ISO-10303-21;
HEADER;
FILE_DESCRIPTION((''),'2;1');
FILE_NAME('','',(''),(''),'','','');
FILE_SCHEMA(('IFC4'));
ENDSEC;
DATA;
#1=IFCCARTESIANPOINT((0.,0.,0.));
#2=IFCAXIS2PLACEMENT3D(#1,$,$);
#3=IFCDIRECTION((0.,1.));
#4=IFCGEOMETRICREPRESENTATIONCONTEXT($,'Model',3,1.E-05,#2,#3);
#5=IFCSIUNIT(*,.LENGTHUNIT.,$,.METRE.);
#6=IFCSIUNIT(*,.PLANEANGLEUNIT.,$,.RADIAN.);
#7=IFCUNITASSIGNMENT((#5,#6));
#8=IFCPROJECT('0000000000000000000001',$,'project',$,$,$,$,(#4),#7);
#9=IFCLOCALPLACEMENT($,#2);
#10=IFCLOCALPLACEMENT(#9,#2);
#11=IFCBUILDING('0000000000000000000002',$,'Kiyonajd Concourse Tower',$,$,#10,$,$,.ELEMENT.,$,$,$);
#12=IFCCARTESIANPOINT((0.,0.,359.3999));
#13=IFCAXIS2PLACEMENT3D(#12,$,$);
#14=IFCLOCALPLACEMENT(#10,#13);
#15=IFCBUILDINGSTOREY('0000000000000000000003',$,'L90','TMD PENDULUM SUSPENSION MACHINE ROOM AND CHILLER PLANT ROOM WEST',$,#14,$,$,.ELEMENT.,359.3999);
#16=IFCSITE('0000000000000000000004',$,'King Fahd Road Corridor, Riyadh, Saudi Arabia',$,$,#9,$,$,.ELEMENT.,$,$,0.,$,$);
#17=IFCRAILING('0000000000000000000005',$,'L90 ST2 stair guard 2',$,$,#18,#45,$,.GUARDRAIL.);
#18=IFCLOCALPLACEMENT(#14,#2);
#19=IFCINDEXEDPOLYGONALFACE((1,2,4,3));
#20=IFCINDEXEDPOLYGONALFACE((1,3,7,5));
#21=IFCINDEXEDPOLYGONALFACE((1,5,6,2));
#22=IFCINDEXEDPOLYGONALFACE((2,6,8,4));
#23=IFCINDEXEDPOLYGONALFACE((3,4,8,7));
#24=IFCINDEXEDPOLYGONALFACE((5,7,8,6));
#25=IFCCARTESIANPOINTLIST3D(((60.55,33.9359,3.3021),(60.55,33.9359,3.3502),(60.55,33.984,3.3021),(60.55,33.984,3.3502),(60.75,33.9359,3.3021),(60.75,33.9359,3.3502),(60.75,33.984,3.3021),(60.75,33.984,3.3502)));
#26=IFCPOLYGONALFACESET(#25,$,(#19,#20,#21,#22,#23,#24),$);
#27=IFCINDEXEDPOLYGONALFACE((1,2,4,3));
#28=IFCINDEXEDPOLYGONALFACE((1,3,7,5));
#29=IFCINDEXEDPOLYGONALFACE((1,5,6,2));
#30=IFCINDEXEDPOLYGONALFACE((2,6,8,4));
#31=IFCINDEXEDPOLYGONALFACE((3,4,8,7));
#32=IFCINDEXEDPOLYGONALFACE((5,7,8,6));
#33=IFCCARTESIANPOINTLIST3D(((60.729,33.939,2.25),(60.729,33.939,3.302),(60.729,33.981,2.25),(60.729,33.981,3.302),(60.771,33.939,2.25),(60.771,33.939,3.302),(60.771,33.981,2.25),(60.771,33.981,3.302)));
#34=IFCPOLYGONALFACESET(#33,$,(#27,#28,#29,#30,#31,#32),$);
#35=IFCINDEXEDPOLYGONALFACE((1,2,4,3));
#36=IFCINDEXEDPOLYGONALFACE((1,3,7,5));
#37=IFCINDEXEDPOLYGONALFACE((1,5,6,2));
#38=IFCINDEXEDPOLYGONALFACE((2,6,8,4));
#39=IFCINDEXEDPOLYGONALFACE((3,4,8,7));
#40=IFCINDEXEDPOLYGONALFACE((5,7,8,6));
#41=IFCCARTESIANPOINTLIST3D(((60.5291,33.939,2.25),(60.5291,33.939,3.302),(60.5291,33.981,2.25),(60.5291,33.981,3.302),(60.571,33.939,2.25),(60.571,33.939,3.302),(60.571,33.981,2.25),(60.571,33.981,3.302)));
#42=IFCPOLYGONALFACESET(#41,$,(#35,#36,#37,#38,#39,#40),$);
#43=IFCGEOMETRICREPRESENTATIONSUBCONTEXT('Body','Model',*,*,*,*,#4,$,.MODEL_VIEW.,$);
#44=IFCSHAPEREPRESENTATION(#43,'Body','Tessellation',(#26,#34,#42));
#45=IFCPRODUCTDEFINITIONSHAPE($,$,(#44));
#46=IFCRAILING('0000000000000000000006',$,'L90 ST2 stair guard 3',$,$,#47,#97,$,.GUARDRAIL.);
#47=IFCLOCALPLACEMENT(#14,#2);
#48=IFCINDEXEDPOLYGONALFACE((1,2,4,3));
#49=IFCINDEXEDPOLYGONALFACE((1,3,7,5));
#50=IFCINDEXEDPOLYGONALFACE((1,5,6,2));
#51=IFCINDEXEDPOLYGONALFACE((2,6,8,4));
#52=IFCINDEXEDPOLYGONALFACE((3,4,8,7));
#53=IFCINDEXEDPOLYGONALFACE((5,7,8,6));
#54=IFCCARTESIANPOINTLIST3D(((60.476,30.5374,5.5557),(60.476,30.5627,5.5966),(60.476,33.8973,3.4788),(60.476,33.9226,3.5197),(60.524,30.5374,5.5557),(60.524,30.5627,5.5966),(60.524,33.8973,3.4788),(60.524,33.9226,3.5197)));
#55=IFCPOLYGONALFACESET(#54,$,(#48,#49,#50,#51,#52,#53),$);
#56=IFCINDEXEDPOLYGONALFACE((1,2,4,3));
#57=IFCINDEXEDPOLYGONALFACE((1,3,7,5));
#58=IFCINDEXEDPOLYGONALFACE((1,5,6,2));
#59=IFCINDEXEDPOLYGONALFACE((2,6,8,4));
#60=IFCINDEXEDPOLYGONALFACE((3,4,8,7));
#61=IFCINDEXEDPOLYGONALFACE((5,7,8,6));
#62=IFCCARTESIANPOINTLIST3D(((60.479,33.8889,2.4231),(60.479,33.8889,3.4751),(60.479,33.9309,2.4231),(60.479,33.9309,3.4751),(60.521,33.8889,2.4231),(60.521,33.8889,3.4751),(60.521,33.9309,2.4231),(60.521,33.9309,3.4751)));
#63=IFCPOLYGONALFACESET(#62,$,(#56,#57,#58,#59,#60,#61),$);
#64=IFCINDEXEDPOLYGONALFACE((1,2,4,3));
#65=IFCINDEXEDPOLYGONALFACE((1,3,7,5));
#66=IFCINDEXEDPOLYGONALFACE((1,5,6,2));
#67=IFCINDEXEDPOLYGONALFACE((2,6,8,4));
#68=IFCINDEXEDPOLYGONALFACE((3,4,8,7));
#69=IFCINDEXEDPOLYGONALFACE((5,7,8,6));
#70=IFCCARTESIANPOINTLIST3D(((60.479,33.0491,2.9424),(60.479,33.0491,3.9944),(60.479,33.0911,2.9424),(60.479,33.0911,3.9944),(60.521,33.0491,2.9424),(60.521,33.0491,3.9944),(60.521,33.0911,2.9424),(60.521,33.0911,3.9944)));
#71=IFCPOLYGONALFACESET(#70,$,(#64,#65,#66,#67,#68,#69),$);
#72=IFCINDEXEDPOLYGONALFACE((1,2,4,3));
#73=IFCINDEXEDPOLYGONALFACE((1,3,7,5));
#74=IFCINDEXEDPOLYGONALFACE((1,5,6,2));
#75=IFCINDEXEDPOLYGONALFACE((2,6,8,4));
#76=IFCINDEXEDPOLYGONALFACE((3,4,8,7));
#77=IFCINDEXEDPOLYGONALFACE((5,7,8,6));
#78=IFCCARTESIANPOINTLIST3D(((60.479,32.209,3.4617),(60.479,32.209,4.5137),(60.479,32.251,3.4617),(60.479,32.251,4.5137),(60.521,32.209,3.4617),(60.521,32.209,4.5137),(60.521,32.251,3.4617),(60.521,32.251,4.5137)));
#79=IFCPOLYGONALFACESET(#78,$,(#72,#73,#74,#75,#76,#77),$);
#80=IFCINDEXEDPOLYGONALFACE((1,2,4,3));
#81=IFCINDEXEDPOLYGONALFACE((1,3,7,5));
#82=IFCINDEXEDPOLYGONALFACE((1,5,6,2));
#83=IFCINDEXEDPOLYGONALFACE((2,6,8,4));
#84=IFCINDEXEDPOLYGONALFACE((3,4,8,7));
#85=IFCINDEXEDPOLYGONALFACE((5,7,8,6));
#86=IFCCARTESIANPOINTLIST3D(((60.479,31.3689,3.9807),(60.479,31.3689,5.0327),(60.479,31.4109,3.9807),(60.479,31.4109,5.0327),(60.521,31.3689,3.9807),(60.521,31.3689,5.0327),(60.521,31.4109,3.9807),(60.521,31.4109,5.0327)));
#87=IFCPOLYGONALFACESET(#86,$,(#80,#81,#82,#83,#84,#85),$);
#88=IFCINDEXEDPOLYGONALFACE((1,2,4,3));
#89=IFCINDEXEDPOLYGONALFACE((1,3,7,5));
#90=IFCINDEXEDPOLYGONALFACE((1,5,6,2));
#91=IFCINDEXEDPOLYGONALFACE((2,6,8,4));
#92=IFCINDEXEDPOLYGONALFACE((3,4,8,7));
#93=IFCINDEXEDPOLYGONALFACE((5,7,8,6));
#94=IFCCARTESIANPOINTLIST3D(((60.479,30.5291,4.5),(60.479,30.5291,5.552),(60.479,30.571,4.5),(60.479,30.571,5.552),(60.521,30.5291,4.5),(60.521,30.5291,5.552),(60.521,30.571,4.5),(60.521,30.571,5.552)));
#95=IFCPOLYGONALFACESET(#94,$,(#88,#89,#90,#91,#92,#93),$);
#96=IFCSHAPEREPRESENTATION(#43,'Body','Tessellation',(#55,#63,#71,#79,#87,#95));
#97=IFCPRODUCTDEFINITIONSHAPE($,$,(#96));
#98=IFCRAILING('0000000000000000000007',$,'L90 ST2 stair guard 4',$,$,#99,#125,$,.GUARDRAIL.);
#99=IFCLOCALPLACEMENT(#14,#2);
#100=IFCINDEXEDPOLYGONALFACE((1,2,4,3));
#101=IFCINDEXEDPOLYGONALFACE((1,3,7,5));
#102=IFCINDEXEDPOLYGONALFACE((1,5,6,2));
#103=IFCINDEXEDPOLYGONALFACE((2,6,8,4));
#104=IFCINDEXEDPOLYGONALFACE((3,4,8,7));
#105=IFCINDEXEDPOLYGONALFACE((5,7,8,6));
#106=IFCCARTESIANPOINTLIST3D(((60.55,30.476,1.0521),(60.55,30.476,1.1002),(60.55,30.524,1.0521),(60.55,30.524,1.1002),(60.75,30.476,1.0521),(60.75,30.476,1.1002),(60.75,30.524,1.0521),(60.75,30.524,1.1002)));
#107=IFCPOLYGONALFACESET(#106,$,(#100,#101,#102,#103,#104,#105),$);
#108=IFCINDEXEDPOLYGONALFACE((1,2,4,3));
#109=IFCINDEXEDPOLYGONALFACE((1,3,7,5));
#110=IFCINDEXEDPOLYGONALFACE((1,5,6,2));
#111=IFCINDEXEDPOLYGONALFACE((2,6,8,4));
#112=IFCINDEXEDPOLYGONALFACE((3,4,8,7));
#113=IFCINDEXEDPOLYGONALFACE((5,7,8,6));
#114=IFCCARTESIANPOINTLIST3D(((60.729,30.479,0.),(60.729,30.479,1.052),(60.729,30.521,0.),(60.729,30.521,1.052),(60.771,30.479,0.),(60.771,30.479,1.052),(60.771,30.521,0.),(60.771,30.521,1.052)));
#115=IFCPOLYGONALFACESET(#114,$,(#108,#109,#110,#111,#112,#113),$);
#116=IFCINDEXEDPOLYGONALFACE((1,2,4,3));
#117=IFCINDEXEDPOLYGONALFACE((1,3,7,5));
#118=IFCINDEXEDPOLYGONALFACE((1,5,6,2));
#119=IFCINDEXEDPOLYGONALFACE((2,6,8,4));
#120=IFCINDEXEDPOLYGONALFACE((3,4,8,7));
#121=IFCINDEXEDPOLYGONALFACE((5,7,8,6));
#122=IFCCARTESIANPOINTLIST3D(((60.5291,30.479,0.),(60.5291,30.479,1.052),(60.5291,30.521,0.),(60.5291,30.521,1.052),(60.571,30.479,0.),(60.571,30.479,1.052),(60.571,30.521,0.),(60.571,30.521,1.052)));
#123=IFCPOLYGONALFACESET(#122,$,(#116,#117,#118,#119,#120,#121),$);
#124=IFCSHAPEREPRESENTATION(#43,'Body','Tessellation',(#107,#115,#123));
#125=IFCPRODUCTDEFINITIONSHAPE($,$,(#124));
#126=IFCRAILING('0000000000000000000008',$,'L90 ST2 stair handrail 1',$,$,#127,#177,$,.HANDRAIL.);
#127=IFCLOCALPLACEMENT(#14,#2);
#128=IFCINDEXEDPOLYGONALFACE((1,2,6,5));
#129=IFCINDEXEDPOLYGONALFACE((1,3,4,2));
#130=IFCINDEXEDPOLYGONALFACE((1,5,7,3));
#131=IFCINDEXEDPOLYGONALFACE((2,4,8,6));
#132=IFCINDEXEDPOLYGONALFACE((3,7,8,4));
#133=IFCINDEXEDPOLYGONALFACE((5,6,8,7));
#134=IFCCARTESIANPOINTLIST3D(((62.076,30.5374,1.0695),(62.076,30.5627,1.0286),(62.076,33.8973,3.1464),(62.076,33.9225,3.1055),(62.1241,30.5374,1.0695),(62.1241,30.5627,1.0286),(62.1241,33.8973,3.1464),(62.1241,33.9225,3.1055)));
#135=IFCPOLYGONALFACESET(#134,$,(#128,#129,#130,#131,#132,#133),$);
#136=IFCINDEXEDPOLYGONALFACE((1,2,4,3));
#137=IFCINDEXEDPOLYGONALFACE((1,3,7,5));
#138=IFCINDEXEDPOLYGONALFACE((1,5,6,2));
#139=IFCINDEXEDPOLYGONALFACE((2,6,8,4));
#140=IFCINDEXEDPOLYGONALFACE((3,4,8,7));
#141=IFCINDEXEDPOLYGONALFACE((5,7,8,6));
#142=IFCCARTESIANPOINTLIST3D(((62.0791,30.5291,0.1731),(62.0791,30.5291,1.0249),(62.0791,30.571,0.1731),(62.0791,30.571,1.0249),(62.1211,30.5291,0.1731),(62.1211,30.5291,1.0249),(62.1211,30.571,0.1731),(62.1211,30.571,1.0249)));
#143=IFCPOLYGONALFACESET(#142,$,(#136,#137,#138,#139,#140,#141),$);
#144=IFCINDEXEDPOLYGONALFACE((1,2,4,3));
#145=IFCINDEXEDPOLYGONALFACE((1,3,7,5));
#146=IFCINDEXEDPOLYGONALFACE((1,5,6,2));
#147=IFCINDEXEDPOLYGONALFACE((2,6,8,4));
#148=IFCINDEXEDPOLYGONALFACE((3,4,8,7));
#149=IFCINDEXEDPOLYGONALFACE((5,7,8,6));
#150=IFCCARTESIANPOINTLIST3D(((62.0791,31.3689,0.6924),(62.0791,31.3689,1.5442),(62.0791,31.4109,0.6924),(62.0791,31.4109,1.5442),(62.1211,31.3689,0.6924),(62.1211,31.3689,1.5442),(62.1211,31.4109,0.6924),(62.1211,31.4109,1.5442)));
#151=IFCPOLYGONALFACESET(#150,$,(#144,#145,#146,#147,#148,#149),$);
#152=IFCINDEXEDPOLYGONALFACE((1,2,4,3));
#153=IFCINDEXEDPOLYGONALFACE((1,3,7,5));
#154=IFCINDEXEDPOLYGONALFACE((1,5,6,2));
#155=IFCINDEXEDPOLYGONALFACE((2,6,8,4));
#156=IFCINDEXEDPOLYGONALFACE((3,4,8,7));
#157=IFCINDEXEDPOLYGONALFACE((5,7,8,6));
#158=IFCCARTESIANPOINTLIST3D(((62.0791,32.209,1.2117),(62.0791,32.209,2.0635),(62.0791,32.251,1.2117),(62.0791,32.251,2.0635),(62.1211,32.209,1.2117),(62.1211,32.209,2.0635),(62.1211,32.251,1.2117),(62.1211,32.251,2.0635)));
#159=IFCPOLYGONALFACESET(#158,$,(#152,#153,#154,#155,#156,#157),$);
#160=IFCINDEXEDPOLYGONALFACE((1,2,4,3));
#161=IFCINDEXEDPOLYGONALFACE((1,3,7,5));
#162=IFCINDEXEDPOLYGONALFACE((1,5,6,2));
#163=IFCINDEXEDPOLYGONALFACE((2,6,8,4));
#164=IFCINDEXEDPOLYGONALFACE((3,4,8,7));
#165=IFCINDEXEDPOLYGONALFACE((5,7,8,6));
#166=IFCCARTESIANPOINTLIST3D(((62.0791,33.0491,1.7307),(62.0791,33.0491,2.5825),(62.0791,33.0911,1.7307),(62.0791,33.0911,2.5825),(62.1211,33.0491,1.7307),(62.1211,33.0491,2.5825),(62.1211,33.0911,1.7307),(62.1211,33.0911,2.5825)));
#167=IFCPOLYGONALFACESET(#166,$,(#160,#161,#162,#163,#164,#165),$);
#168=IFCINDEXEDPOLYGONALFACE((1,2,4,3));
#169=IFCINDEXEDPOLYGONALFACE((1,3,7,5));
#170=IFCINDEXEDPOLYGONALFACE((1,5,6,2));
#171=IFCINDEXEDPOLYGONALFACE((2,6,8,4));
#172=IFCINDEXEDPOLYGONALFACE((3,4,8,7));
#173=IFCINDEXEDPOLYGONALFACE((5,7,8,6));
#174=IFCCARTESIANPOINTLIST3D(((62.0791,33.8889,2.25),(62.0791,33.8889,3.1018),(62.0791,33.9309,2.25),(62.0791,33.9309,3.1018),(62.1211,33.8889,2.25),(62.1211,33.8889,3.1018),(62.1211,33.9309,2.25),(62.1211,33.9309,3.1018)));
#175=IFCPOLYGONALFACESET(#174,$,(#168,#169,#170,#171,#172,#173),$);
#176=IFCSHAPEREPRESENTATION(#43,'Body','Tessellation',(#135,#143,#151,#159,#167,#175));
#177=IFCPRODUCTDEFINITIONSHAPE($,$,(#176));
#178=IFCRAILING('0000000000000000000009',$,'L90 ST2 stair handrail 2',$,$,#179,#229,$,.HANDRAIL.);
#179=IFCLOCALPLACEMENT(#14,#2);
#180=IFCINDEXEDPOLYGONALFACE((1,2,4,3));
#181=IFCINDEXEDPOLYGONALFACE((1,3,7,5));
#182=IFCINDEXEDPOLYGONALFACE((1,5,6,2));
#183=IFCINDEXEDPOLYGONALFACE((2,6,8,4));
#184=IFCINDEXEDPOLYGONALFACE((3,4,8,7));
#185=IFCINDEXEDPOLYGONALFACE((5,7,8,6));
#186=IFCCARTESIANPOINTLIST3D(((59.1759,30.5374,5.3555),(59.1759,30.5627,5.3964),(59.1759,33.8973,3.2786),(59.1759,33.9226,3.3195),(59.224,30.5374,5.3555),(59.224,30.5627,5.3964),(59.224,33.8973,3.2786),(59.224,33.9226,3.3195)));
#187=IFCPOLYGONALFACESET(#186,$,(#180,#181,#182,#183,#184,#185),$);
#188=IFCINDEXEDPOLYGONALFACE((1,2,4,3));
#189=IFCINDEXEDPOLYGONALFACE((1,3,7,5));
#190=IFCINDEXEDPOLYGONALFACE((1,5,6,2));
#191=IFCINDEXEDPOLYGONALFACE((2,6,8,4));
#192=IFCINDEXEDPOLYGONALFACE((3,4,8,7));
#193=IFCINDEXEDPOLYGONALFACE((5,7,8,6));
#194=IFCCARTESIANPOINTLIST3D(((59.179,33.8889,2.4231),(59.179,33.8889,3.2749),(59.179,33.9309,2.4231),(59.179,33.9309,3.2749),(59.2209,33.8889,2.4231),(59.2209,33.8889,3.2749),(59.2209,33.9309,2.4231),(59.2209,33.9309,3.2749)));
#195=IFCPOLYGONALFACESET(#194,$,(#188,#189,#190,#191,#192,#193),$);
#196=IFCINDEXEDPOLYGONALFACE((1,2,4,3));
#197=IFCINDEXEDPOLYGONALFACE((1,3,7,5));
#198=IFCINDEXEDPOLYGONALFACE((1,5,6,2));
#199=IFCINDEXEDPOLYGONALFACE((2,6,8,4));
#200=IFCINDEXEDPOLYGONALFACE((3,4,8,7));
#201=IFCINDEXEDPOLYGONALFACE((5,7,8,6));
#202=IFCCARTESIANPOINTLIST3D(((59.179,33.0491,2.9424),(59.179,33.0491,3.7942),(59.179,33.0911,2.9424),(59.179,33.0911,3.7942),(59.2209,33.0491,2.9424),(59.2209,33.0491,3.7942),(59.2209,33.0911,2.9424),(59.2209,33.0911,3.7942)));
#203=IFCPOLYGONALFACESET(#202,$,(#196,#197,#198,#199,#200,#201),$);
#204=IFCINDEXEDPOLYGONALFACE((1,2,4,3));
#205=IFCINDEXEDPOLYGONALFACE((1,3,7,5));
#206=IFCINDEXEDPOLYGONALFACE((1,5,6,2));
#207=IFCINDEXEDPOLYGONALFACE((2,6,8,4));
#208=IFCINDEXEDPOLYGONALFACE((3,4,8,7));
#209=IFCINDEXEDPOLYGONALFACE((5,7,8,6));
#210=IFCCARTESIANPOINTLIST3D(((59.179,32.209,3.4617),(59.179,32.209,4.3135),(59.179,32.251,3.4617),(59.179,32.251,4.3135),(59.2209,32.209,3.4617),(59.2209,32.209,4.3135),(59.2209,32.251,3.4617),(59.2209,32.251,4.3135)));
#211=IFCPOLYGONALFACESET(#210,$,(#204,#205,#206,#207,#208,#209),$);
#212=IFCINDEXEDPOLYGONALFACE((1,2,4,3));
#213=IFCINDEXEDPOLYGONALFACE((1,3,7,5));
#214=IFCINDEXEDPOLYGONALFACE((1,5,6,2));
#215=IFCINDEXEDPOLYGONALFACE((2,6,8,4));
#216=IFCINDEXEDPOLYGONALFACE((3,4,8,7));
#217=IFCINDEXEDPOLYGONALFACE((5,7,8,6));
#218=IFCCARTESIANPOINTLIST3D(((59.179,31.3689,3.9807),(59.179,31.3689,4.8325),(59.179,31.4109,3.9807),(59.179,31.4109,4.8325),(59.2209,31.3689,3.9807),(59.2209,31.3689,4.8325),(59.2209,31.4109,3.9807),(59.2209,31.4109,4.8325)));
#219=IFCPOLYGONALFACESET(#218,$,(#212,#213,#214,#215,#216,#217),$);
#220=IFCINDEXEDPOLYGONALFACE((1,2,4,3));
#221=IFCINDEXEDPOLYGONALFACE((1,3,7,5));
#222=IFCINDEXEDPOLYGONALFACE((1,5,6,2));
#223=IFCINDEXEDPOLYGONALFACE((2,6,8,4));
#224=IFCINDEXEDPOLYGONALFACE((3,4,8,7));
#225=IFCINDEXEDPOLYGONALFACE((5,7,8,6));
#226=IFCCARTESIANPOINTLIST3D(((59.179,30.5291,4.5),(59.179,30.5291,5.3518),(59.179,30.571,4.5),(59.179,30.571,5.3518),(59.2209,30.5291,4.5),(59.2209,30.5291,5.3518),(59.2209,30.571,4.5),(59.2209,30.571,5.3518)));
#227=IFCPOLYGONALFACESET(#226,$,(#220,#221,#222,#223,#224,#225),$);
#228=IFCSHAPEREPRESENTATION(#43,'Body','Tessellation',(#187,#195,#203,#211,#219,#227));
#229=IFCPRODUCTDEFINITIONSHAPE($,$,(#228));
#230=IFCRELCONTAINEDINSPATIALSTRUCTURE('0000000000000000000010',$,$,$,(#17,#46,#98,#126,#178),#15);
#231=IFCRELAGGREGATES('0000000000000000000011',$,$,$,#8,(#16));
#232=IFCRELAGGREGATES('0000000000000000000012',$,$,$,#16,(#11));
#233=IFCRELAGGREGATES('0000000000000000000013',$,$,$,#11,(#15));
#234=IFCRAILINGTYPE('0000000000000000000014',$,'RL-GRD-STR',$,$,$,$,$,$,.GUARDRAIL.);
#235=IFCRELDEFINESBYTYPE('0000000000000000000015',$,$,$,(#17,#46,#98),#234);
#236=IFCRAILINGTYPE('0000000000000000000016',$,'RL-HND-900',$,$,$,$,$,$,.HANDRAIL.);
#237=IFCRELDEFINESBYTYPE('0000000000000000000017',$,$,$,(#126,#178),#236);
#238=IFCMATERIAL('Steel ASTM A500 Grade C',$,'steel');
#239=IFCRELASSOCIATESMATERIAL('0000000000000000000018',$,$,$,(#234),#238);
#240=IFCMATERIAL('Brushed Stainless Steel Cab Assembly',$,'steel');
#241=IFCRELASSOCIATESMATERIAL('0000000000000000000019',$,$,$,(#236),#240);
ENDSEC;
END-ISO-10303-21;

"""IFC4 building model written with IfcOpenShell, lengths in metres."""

from ifc_helpers import new_model, si_unit, direction, frame, origin, origin_2d, place, context, subcontext, project, spatial, rectangle, extrude, material, type_object, element, save


model = new_model("IFC4")

# Units and contexts
model_context = context("Model", 3, precision=1e-05, world=origin(), true_north=direction((0.0, 1.0)))
body_context = subcontext(model_context, "Body", "Model", "MODEL_VIEW")
ifc_project = project(units=[si_unit("LENGTHUNIT", "METRE"), si_unit("PLANEANGLEUNIT", "RADIAN")], contexts=[model_context])

# Site, building, storey
site_placement = place(None, origin())
site = spatial("IfcSite", under=ifc_project, at=site_placement, Name="King Fahd Road Corridor, Riyadh, Saudi Arabia", CompositionType="ELEMENT", RefElevation=0.0)
building_placement = place(site_placement, origin())
building = spatial("IfcBuilding", under=site, at=building_placement, Name="Kiyonajd Concourse Tower", CompositionType="ELEMENT")
storey_placement = place(building_placement, frame((0.0, 0.0, 359.3999)))
storey = spatial("IfcBuildingStorey", under=building, at=storey_placement, Name="L90", Description="TMD PENDULUM SUSPENSION MACHINE ROOM AND CHILLER PLANT ROOM WEST", CompositionType="ELEMENT", Elevation=359.3999)

# Shared definitions
ifc_material_1 = material(Name="Brushed Stainless Steel Cab Assembly", Category="steel")

# Railings
ifc_material_2 = material(Name="Steel ASTM A500 Grade C", Category="steel")
railing_type_1 = type_object("IfcRailingType", Name="RL-GRD-STR", PredefinedType="GUARDRAIL", material=ifc_material_2)
railing_1_placement = place(storey_placement, frame((60.75, 33.96, 2.25)))
element("IfcRailing", 1, at=railing_1_placement, inside=storey, type_object=railing_type_1, Name="L90 ST2 stair guard 2", PredefinedType="GUARDRAIL", context=body_context, shape_type="SweptSolid", body=[
    extrude(rectangle(XDim=0.0481, YDim=0.0481, at=origin_2d()), frame((0.0, 0.0, 1.0762), z_axis=(-1.0, 0.0, 0.0), x_axis=(0.0, -1.0, 0.0)), (0.0, 0.0, 1.0), 0.2),
    extrude(rectangle(XDim=0.042, YDim=0.042, at=origin_2d()), origin(), (0.0, 0.0, 1.0), 1.052),
    extrude(rectangle(XDim=0.042, YDim=0.042, at=origin_2d()), frame((-0.2, 0.0, 0.0)), (0.0, 0.0, 1.0), 1.052),
])
railing_2_placement = place(storey_placement, frame((60.5, 33.9099, 2.4231)))
element("IfcRailing", 2, at=railing_2_placement, inside=storey, type_object=railing_type_1, Name="L90 ST2 stair guard 3", PredefinedType="GUARDRAIL", context=body_context, shape_type="SweptSolid", body=[
    extrude(rectangle(XDim=0.0481, YDim=0.0481, at=origin_2d()), frame((0.0, 0.0, 1.0762), z_axis=(0.0, -0.850606, 0.525803), x_axis=(1.0, 0.0, 0.0)), (0.0, 0.0, 1.0), 3.95),
    extrude(rectangle(XDim=0.042, YDim=0.042, at=origin_2d()), origin(), (0.0, 0.0, 1.0), 1.052),
    extrude(rectangle(XDim=0.042, YDim=0.042, at=origin_2d()), frame((0.0, -0.8398, 0.5193)), (0.0, 0.0, 1.0), 1.052),
    extrude(rectangle(XDim=0.042, YDim=0.042, at=origin_2d()), frame((0.0, -1.6799, 1.0386)), (0.0, 0.0, 1.0), 1.052),
    extrude(rectangle(XDim=0.042, YDim=0.042, at=origin_2d()), frame((0.0, -2.52, 1.5576)), (0.0, 0.0, 1.0), 1.052),
    extrude(rectangle(XDim=0.042, YDim=0.042, at=origin_2d()), frame((0.0, -3.3599, 2.0769)), (0.0, 0.0, 1.0), 1.052),
])
railing_3_placement = place(storey_placement, frame((60.75, 30.5, 0.0)))
element("IfcRailing", 3, at=railing_3_placement, inside=storey, type_object=railing_type_1, Name="L90 ST2 stair guard 4", PredefinedType="GUARDRAIL", context=body_context, shape_type="SweptSolid", body=[
    extrude(rectangle(XDim=0.0481, YDim=0.0481, at=origin_2d()), frame((0.0, 0.0, 1.0762), z_axis=(-1.0, 0.0, 0.0), x_axis=(0.0, -1.0, 0.0)), (0.0, 0.0, 1.0), 0.2),
    extrude(rectangle(XDim=0.042, YDim=0.042, at=origin_2d()), origin(), (0.0, 0.0, 1.0), 1.052),
    extrude(rectangle(XDim=0.042, YDim=0.042, at=origin_2d()), frame((-0.2, 0.0, 0.0)), (0.0, 0.0, 1.0), 1.052),
])
railing_type_2 = type_object("IfcRailingType", Name="RL-HND-900", PredefinedType="HANDRAIL", material=ifc_material_1)
railing_4_placement = place(storey_placement, frame((62.1001, 30.55, 0.1731)))
element("IfcRailing", 4, at=railing_4_placement, inside=storey, type_object=railing_type_2, Name="L90 ST2 stair handrail 1", PredefinedType="HANDRAIL", context=body_context, shape_type="SweptSolid", body=[
    extrude(rectangle(XDim=0.0481, YDim=0.0481, at=origin_2d()), frame((0.0, 0.0, 0.876), z_axis=(0.0, 0.850606, 0.525803), x_axis=(-1.0, 0.0, 0.0)), (0.0, 0.0, 1.0), 3.95),
    extrude(rectangle(XDim=0.042, YDim=0.042, at=origin_2d()), origin(), (0.0, 0.0, 1.0), 0.8518),
    extrude(rectangle(XDim=0.042, YDim=0.042, at=origin_2d()), frame((0.0, 0.8398, 0.5193)), (0.0, 0.0, 1.0), 0.8518),
    extrude(rectangle(XDim=0.042, YDim=0.042, at=origin_2d()), frame((0.0, 1.6799, 1.0386)), (0.0, 0.0, 1.0), 0.8518),
    extrude(rectangle(XDim=0.042, YDim=0.042, at=origin_2d()), frame((0.0, 2.52, 1.5576)), (0.0, 0.0, 1.0), 0.8518),
    extrude(rectangle(XDim=0.042, YDim=0.042, at=origin_2d()), frame((0.0, 3.3599, 2.0769)), (0.0, 0.0, 1.0), 0.8518),
])
railing_5_placement = place(storey_placement, frame((59.2, 33.9099, 2.4231)))
element("IfcRailing", 5, at=railing_5_placement, inside=storey, type_object=railing_type_2, Name="L90 ST2 stair handrail 2", PredefinedType="HANDRAIL", context=body_context, shape_type="SweptSolid", body=[
    extrude(rectangle(XDim=0.0481, YDim=0.0481, at=origin_2d()), frame((0.0, 0.0, 0.876), z_axis=(0.0, -0.850606, 0.525803), x_axis=(1.0, 0.0, 0.0)), (0.0, 0.0, 1.0), 3.95),
    extrude(rectangle(XDim=0.042, YDim=0.042, at=origin_2d()), origin(), (0.0, 0.0, 1.0), 0.8518),
    extrude(rectangle(XDim=0.042, YDim=0.042, at=origin_2d()), frame((0.0, -0.8398, 0.5193)), (0.0, 0.0, 1.0), 0.8518),
    extrude(rectangle(XDim=0.042, YDim=0.042, at=origin_2d()), frame((0.0, -1.6799, 1.0386)), (0.0, 0.0, 1.0), 0.8518),
    extrude(rectangle(XDim=0.042, YDim=0.042, at=origin_2d()), frame((0.0, -2.52, 1.5576)), (0.0, 0.0, 1.0), 0.8518),
    extrude(rectangle(XDim=0.042, YDim=0.042, at=origin_2d()), frame((0.0, -3.3599, 2.0769)), (0.0, 0.0, 1.0), 0.8518),
])

save(model, "model.ifc")
